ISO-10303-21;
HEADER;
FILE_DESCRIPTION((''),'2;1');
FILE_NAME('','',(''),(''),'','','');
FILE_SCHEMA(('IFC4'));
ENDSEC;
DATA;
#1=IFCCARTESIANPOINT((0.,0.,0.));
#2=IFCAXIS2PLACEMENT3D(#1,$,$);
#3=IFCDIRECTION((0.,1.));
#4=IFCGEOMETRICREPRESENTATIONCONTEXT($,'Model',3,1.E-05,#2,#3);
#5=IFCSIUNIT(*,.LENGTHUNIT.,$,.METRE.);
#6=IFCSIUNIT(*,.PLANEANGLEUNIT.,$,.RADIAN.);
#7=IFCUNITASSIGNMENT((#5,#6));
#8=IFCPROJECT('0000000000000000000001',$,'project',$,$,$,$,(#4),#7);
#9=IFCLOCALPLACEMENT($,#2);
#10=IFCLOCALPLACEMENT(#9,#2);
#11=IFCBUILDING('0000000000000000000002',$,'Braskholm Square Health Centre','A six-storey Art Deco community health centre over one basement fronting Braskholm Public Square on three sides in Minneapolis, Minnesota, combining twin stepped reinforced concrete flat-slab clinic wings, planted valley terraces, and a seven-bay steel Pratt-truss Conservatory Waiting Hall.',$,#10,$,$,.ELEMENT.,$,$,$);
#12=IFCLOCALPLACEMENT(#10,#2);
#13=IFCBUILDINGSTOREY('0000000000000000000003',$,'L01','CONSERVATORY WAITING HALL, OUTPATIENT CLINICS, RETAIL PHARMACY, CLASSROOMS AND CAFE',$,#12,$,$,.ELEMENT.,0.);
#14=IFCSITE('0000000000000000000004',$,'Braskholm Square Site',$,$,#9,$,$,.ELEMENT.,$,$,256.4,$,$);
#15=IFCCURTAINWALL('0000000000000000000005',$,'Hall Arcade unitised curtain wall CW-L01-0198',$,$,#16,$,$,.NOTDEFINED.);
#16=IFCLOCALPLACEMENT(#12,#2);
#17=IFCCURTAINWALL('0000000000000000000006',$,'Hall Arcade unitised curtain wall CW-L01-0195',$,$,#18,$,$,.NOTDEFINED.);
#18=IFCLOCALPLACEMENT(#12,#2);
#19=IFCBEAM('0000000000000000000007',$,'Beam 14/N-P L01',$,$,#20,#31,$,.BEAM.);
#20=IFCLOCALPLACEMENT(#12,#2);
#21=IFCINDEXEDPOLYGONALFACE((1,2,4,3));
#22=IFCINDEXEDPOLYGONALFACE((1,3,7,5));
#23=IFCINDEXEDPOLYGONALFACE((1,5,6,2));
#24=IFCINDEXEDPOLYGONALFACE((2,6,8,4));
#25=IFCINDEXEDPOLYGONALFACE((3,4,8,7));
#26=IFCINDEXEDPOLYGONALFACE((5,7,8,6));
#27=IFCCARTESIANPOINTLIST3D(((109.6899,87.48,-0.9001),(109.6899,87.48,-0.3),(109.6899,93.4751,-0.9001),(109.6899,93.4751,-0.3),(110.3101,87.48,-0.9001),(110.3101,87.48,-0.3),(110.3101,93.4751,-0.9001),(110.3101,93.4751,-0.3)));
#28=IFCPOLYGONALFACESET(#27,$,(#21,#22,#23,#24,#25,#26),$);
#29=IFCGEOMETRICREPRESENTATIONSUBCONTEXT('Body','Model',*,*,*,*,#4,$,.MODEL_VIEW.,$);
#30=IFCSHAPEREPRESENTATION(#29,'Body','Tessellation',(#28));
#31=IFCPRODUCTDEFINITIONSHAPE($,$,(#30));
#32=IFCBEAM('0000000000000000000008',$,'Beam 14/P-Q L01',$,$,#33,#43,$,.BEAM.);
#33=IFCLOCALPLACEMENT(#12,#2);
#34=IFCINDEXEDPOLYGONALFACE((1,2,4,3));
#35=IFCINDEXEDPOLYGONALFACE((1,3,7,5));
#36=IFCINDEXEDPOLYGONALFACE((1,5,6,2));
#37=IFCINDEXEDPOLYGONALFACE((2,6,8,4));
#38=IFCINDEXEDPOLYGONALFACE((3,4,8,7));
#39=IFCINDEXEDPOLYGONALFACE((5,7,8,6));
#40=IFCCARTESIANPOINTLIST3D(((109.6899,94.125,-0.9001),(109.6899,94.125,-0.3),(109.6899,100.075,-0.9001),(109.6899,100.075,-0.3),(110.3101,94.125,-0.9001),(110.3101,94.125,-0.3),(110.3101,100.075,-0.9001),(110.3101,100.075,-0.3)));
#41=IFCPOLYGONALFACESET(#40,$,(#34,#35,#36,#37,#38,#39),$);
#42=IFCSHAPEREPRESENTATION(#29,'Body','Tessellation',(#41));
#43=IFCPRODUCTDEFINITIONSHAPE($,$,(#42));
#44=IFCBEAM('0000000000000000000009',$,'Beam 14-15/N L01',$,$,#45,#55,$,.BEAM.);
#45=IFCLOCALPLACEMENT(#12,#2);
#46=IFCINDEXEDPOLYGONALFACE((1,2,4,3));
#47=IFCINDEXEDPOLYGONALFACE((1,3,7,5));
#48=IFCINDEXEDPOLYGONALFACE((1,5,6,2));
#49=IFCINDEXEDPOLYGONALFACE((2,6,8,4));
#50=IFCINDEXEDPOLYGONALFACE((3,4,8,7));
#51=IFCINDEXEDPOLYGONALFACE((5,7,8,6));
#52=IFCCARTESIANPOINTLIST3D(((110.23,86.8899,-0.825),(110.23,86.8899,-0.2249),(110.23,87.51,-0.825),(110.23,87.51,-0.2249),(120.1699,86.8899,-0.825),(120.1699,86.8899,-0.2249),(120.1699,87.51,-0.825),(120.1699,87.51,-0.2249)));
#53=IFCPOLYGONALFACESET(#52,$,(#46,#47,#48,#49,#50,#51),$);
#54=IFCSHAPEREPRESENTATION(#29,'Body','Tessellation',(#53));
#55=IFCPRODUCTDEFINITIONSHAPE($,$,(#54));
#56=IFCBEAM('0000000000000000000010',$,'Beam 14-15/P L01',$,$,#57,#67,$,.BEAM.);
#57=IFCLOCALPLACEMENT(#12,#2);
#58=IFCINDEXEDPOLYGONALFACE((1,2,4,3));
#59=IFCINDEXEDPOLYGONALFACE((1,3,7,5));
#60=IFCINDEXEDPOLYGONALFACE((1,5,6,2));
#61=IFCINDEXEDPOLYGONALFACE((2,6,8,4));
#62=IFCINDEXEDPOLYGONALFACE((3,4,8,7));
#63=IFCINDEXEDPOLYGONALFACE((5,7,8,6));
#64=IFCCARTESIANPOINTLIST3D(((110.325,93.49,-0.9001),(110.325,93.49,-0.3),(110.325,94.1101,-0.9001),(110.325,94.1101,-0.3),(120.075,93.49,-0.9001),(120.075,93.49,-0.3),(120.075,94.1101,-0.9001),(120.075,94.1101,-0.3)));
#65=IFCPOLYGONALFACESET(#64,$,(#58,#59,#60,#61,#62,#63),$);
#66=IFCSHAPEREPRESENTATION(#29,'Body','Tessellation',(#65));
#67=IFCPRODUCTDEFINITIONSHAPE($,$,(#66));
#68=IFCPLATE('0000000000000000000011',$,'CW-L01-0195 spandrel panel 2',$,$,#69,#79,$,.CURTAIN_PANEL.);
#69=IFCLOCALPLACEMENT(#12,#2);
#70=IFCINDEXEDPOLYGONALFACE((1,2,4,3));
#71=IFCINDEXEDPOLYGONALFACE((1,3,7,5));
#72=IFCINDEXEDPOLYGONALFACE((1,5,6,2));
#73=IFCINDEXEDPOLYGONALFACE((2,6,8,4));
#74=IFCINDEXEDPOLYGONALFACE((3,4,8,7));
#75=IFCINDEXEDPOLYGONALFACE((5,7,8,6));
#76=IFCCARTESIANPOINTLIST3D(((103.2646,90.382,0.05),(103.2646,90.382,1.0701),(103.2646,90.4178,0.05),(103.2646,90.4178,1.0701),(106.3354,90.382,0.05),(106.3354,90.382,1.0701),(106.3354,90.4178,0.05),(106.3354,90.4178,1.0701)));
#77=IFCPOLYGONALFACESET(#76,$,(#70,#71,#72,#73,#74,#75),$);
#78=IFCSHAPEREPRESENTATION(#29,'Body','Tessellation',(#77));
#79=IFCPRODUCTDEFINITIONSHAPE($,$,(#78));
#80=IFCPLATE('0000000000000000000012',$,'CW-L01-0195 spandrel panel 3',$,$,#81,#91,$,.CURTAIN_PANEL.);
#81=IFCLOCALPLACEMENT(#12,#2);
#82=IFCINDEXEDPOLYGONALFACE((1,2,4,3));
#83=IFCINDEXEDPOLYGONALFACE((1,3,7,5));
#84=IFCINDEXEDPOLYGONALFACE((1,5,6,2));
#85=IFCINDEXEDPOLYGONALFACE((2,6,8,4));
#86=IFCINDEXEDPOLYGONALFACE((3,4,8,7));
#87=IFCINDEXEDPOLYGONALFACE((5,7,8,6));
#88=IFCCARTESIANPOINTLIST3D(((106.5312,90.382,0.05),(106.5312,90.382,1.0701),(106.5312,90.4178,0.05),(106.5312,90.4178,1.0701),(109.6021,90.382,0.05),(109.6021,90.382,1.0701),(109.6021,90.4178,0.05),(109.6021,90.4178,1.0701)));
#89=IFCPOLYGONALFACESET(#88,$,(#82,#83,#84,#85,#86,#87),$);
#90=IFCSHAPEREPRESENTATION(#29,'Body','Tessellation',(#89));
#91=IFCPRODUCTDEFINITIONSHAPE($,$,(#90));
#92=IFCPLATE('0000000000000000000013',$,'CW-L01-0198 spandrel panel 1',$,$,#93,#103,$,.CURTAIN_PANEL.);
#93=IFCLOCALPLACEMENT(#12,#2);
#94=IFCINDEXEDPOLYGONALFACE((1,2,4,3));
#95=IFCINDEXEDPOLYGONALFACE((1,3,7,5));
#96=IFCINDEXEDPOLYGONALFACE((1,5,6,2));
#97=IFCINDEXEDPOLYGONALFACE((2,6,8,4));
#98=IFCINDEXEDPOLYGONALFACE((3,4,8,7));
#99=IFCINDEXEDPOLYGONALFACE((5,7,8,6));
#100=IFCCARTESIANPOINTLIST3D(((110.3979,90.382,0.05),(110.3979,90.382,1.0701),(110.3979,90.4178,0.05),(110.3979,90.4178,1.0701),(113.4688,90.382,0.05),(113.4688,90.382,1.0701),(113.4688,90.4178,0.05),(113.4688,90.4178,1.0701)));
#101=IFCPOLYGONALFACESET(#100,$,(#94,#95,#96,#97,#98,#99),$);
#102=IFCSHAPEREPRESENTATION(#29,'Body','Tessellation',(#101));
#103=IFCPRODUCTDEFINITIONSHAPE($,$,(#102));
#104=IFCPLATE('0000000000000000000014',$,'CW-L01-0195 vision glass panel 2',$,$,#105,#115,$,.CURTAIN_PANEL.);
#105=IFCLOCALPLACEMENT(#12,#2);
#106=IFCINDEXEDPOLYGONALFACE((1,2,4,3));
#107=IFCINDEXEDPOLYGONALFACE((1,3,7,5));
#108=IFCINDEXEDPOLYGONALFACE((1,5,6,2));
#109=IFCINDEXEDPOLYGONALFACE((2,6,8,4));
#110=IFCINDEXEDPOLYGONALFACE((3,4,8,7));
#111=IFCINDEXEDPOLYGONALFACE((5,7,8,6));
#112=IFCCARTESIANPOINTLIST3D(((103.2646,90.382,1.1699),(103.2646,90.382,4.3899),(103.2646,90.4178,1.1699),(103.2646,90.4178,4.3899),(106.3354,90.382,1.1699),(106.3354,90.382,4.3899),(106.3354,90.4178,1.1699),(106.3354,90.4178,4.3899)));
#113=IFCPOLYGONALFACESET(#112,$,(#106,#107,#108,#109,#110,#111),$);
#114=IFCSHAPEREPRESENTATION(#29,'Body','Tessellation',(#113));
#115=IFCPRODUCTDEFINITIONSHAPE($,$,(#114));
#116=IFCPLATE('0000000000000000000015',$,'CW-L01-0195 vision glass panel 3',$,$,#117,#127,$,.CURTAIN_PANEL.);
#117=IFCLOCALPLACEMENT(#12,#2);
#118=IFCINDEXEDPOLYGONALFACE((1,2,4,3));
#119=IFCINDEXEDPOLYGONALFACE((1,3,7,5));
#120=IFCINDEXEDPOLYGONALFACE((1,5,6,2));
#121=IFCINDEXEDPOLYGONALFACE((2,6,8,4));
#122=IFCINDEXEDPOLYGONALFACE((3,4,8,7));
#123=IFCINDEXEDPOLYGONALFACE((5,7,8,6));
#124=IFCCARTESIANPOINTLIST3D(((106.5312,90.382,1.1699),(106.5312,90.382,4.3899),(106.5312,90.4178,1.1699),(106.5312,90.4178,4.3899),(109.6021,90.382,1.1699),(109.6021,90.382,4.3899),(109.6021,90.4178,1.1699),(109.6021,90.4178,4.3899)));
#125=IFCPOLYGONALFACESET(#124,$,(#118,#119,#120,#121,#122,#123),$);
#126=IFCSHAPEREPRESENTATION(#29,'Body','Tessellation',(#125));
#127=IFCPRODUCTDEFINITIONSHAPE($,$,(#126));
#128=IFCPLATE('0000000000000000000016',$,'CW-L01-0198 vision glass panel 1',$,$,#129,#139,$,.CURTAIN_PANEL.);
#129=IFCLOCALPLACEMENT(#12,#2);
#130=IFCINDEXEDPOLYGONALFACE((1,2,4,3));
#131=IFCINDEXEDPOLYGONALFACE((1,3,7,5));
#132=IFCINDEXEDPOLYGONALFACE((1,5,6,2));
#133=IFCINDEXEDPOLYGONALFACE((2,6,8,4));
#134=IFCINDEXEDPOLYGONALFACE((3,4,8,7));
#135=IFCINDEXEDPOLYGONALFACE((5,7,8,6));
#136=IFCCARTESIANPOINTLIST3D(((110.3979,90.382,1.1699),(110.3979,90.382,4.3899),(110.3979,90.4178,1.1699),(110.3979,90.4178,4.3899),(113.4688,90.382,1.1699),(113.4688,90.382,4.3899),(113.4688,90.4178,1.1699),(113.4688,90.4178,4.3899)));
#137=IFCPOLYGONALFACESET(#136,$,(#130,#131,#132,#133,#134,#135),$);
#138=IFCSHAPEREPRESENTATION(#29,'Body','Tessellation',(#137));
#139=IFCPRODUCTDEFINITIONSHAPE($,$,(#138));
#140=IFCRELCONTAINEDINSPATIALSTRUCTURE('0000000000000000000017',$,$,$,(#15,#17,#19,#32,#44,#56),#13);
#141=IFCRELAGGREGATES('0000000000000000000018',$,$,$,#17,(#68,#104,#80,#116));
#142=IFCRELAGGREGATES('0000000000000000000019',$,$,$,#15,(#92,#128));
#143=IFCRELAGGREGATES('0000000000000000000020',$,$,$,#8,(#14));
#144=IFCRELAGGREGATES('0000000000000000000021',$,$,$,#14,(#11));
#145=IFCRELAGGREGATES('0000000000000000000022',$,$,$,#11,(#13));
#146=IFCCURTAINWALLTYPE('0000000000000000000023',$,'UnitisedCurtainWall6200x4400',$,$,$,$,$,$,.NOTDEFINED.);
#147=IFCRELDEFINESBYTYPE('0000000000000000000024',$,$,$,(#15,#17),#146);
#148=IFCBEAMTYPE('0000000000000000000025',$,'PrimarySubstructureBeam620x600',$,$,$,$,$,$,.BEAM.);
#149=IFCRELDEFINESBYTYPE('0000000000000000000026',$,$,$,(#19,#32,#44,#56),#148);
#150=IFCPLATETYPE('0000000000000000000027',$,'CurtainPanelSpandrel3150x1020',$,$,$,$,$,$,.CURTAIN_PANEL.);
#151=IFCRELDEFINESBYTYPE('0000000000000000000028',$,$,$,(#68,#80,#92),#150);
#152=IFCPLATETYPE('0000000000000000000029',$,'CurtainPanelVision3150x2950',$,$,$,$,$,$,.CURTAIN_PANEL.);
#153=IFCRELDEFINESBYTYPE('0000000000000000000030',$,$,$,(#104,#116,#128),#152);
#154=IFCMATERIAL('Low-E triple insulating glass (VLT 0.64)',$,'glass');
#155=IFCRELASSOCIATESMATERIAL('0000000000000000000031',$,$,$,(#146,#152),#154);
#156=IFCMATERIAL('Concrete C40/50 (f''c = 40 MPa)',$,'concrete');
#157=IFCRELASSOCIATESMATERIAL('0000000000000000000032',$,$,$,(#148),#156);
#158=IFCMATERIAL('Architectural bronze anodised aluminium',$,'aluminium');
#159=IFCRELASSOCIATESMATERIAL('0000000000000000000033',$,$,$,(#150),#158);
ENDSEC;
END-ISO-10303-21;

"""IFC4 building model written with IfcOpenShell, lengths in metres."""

from ifc_helpers import new_model, si_unit, direction, frame, origin, origin_2d, place, context, subcontext, project, spatial, rectangle, extrude, material, material_profile, profile_set, type_object, element, aggregate, save


model = new_model("IFC4")

# Units and contexts
model_context = context("Model", 3, precision=1e-05, world=origin(), true_north=direction((0.0, 1.0)))
body_context = subcontext(model_context, "Body", "Model", "MODEL_VIEW")
ifc_project = project(units=[si_unit("LENGTHUNIT", "METRE"), si_unit("PLANEANGLEUNIT", "RADIAN")], contexts=[model_context])

# Site, building, storey
site_placement = place(None, origin())
site = spatial("IfcSite", under=ifc_project, at=site_placement, Name="Braskholm Square Site", CompositionType="ELEMENT", RefElevation=256.4)
building_placement = place(site_placement, origin())
building = spatial("IfcBuilding", under=site, at=building_placement, Name="Braskholm Square Health Centre", Description="A six-storey Art Deco community health centre over one basement fronting Braskholm Public Square on three sides in Minneapolis, Minnesota, combining twin stepped reinforced concrete flat-slab clinic wings, planted valley terraces, and a seven-bay steel Pratt-truss Conservatory Waiting Hall.", CompositionType="ELEMENT")
storey_placement = place(building_placement, origin())
storey = spatial("IfcBuildingStorey", under=building, at=storey_placement, Name="L01", Description="CONSERVATORY WAITING HALL, OUTPATIENT CLINICS, RETAIL PHARMACY, CLASSROOMS AND CAFE", CompositionType="ELEMENT", Elevation=0.0)

# Shared definitions
ifc_material_1 = material(Name="Concrete C40/50 (f'c = 40 MPa)", Category="concrete")

# Curtain walls
ifc_material_2 = material(Name="Low-E triple insulating glass (VLT 0.64)", Category="glass")
curtain_wall_type = type_object("IfcCurtainWallType", Name="UnitisedCurtainWall6200x4400", PredefinedType="NOTDEFINED", material=ifc_material_2)
curtain_wall_1_placement = place(storey_placement, origin())
curtain_wall_1 = element("IfcCurtainWall", 1, at=curtain_wall_1_placement, inside=storey, type_object=curtain_wall_type, Name="Hall Arcade unitised curtain wall CW-L01-0198", PredefinedType="NOTDEFINED")
ifc_material_3 = material(Name="Architectural bronze anodised aluminium", Category="aluminium")
curtain_wall_2_placement = place(storey_placement, origin())
curtain_wall_2 = element("IfcCurtainWall", 2, at=curtain_wall_2_placement, inside=storey, type_object=curtain_wall_type, Name="Hall Arcade unitised curtain wall CW-L01-0195", PredefinedType="NOTDEFINED")

# Beams
ifc_material_profile_1 = material_profile(ifc_material_1, rectangle(XDim=0.6201, YDim=0.6001, at=origin_2d()), Name="RCB-620X600")
ifc_profile_set_1 = profile_set([ifc_material_profile_1], Name="Concrete C40/50 (f'c = 40 MPa)")
beam_type_1 = type_object("IfcBeamType", Name="PrimarySubstructureBeam620x600", PredefinedType="BEAM", material=ifc_profile_set_1)
beam_1_placement = place(storey_placement, frame((110.0, 87.48, -0.6001), z_axis=(0.0, 1.0, 0.0), x_axis=(-1.0, 0.0, 0.0)))
element("IfcBeam", 3, at=beam_1_placement, inside=storey, type_object=beam_type_1, Name="Beam 14/N-P L01", PredefinedType="BEAM", context=body_context, shape_type="SweptSolid", body=[
    extrude(rectangle(XDim=0.6201, YDim=0.6001, at=origin_2d()), origin(), (0.0, 0.0, 1.0), 5.9951),
])
beam_2_placement = place(storey_placement, frame((110.0, 94.125, -0.6001), z_axis=(0.0, 1.0, 0.0), x_axis=(-1.0, 0.0, 0.0)))
element("IfcBeam", 4, at=beam_2_placement, inside=storey, type_object=beam_type_1, Name="Beam 14/P-Q L01", PredefinedType="BEAM", context=body_context, shape_type="SweptSolid", body=[
    extrude(rectangle(XDim=0.6201, YDim=0.6001, at=origin_2d()), origin(), (0.0, 0.0, 1.0), 5.95),
])
beam_3_placement = place(storey_placement, frame((110.23, 87.2, -0.5249), z_axis=(1.0, 0.0, 0.0), x_axis=(0.0, 1.0, 0.0)))
element("IfcBeam", 5, at=beam_3_placement, inside=storey, type_object=beam_type_1, Name="Beam 14-15/N L01", PredefinedType="BEAM", context=body_context, shape_type="SweptSolid", body=[
    extrude(rectangle(XDim=0.6201, YDim=0.6001, at=origin_2d()), origin(), (0.0, 0.0, 1.0), 9.9399),
])
beam_4_placement = place(storey_placement, frame((110.325, 93.8, -0.6001), z_axis=(1.0, 0.0, 0.0), x_axis=(0.0, 1.0, 0.0)))
element("IfcBeam", 6, at=beam_4_placement, inside=storey, type_object=beam_type_1, Name="Beam 14-15/P L01", PredefinedType="BEAM", context=body_context, shape_type="SweptSolid", body=[
    extrude(rectangle(XDim=0.6201, YDim=0.6001, at=origin_2d()), origin(), (0.0, 0.0, 1.0), 9.75),
])

# Plates
plate_type_1 = type_object("IfcPlateType", Name="CurtainPanelSpandrel3150x1020", PredefinedType="CURTAIN_PANEL", material=ifc_material_3)
plate_1_placement = place(storey_placement, frame((104.8, 90.3999, 0.05), z_axis=(0.0, 0.0, 1.0), x_axis=(1.0, 0.0, 0.0)))
plate_1 = element("IfcPlate", 7, at=plate_1_placement, type_object=plate_type_1, Name="CW-L01-0195 spandrel panel 2", PredefinedType="CURTAIN_PANEL", context=body_context, shape_type="SweptSolid", body=[
    extrude(rectangle(XDim=3.0708, YDim=0.0359, at=origin_2d()), origin(), (0.0, 0.0, 1.0), 1.02),
])
plate_2_placement = place(storey_placement, frame((108.0667, 90.3999, 0.05), z_axis=(0.0, 0.0, 1.0), x_axis=(1.0, 0.0, 0.0)))
plate_2 = element("IfcPlate", 8, at=plate_2_placement, type_object=plate_type_1, Name="CW-L01-0195 spandrel panel 3", PredefinedType="CURTAIN_PANEL", context=body_context, shape_type="SweptSolid", body=[
    extrude(rectangle(XDim=3.0708, YDim=0.0359, at=origin_2d()), origin(), (0.0, 0.0, 1.0), 1.02),
])
plate_3_placement = place(storey_placement, frame((111.9333, 90.3999, 0.05), z_axis=(0.0, 0.0, 1.0), x_axis=(1.0, 0.0, 0.0)))
plate_3 = element("IfcPlate", 9, at=plate_3_placement, type_object=plate_type_1, Name="CW-L01-0198 spandrel panel 1", PredefinedType="CURTAIN_PANEL", context=body_context, shape_type="SweptSolid", body=[
    extrude(rectangle(XDim=3.0708, YDim=0.0359, at=origin_2d()), origin(), (0.0, 0.0, 1.0), 1.02),
])
plate_type_2 = type_object("IfcPlateType", Name="CurtainPanelVision3150x2950", PredefinedType="CURTAIN_PANEL", material=ifc_material_2)
plate_4_placement = place(storey_placement, frame((104.8, 90.3999, 1.1699), z_axis=(0.0, 0.0, 1.0), x_axis=(1.0, 0.0, 0.0)))
plate_4 = element("IfcPlate", 10, at=plate_4_placement, type_object=plate_type_2, Name="CW-L01-0195 vision glass panel 2", PredefinedType="CURTAIN_PANEL", context=body_context, shape_type="SweptSolid", body=[
    extrude(rectangle(XDim=3.0708, YDim=0.0359, at=origin_2d()), origin(), (0.0, 0.0, 1.0), 3.22),
])
plate_5_placement = place(storey_placement, frame((108.0667, 90.3999, 1.1699), z_axis=(0.0, 0.0, 1.0), x_axis=(1.0, 0.0, 0.0)))
plate_5 = element("IfcPlate", 11, at=plate_5_placement, type_object=plate_type_2, Name="CW-L01-0195 vision glass panel 3", PredefinedType="CURTAIN_PANEL", context=body_context, shape_type="SweptSolid", body=[
    extrude(rectangle(XDim=3.0708, YDim=0.0359, at=origin_2d()), origin(), (0.0, 0.0, 1.0), 3.22),
])
aggregate(curtain_wall_2, [plate_1, plate_4, plate_2, plate_5])
plate_6_placement = place(storey_placement, frame((111.9333, 90.3999, 1.1699), z_axis=(0.0, 0.0, 1.0), x_axis=(1.0, 0.0, 0.0)))
plate_6 = element("IfcPlate", 12, at=plate_6_placement, type_object=plate_type_2, Name="CW-L01-0198 vision glass panel 1", PredefinedType="CURTAIN_PANEL", context=body_context, shape_type="SweptSolid", body=[
    extrude(rectangle(XDim=3.0708, YDim=0.0359, at=origin_2d()), origin(), (0.0, 0.0, 1.0), 3.22),
])
aggregate(curtain_wall_1, [plate_3, plate_6])

save(model, "model.ifc")
